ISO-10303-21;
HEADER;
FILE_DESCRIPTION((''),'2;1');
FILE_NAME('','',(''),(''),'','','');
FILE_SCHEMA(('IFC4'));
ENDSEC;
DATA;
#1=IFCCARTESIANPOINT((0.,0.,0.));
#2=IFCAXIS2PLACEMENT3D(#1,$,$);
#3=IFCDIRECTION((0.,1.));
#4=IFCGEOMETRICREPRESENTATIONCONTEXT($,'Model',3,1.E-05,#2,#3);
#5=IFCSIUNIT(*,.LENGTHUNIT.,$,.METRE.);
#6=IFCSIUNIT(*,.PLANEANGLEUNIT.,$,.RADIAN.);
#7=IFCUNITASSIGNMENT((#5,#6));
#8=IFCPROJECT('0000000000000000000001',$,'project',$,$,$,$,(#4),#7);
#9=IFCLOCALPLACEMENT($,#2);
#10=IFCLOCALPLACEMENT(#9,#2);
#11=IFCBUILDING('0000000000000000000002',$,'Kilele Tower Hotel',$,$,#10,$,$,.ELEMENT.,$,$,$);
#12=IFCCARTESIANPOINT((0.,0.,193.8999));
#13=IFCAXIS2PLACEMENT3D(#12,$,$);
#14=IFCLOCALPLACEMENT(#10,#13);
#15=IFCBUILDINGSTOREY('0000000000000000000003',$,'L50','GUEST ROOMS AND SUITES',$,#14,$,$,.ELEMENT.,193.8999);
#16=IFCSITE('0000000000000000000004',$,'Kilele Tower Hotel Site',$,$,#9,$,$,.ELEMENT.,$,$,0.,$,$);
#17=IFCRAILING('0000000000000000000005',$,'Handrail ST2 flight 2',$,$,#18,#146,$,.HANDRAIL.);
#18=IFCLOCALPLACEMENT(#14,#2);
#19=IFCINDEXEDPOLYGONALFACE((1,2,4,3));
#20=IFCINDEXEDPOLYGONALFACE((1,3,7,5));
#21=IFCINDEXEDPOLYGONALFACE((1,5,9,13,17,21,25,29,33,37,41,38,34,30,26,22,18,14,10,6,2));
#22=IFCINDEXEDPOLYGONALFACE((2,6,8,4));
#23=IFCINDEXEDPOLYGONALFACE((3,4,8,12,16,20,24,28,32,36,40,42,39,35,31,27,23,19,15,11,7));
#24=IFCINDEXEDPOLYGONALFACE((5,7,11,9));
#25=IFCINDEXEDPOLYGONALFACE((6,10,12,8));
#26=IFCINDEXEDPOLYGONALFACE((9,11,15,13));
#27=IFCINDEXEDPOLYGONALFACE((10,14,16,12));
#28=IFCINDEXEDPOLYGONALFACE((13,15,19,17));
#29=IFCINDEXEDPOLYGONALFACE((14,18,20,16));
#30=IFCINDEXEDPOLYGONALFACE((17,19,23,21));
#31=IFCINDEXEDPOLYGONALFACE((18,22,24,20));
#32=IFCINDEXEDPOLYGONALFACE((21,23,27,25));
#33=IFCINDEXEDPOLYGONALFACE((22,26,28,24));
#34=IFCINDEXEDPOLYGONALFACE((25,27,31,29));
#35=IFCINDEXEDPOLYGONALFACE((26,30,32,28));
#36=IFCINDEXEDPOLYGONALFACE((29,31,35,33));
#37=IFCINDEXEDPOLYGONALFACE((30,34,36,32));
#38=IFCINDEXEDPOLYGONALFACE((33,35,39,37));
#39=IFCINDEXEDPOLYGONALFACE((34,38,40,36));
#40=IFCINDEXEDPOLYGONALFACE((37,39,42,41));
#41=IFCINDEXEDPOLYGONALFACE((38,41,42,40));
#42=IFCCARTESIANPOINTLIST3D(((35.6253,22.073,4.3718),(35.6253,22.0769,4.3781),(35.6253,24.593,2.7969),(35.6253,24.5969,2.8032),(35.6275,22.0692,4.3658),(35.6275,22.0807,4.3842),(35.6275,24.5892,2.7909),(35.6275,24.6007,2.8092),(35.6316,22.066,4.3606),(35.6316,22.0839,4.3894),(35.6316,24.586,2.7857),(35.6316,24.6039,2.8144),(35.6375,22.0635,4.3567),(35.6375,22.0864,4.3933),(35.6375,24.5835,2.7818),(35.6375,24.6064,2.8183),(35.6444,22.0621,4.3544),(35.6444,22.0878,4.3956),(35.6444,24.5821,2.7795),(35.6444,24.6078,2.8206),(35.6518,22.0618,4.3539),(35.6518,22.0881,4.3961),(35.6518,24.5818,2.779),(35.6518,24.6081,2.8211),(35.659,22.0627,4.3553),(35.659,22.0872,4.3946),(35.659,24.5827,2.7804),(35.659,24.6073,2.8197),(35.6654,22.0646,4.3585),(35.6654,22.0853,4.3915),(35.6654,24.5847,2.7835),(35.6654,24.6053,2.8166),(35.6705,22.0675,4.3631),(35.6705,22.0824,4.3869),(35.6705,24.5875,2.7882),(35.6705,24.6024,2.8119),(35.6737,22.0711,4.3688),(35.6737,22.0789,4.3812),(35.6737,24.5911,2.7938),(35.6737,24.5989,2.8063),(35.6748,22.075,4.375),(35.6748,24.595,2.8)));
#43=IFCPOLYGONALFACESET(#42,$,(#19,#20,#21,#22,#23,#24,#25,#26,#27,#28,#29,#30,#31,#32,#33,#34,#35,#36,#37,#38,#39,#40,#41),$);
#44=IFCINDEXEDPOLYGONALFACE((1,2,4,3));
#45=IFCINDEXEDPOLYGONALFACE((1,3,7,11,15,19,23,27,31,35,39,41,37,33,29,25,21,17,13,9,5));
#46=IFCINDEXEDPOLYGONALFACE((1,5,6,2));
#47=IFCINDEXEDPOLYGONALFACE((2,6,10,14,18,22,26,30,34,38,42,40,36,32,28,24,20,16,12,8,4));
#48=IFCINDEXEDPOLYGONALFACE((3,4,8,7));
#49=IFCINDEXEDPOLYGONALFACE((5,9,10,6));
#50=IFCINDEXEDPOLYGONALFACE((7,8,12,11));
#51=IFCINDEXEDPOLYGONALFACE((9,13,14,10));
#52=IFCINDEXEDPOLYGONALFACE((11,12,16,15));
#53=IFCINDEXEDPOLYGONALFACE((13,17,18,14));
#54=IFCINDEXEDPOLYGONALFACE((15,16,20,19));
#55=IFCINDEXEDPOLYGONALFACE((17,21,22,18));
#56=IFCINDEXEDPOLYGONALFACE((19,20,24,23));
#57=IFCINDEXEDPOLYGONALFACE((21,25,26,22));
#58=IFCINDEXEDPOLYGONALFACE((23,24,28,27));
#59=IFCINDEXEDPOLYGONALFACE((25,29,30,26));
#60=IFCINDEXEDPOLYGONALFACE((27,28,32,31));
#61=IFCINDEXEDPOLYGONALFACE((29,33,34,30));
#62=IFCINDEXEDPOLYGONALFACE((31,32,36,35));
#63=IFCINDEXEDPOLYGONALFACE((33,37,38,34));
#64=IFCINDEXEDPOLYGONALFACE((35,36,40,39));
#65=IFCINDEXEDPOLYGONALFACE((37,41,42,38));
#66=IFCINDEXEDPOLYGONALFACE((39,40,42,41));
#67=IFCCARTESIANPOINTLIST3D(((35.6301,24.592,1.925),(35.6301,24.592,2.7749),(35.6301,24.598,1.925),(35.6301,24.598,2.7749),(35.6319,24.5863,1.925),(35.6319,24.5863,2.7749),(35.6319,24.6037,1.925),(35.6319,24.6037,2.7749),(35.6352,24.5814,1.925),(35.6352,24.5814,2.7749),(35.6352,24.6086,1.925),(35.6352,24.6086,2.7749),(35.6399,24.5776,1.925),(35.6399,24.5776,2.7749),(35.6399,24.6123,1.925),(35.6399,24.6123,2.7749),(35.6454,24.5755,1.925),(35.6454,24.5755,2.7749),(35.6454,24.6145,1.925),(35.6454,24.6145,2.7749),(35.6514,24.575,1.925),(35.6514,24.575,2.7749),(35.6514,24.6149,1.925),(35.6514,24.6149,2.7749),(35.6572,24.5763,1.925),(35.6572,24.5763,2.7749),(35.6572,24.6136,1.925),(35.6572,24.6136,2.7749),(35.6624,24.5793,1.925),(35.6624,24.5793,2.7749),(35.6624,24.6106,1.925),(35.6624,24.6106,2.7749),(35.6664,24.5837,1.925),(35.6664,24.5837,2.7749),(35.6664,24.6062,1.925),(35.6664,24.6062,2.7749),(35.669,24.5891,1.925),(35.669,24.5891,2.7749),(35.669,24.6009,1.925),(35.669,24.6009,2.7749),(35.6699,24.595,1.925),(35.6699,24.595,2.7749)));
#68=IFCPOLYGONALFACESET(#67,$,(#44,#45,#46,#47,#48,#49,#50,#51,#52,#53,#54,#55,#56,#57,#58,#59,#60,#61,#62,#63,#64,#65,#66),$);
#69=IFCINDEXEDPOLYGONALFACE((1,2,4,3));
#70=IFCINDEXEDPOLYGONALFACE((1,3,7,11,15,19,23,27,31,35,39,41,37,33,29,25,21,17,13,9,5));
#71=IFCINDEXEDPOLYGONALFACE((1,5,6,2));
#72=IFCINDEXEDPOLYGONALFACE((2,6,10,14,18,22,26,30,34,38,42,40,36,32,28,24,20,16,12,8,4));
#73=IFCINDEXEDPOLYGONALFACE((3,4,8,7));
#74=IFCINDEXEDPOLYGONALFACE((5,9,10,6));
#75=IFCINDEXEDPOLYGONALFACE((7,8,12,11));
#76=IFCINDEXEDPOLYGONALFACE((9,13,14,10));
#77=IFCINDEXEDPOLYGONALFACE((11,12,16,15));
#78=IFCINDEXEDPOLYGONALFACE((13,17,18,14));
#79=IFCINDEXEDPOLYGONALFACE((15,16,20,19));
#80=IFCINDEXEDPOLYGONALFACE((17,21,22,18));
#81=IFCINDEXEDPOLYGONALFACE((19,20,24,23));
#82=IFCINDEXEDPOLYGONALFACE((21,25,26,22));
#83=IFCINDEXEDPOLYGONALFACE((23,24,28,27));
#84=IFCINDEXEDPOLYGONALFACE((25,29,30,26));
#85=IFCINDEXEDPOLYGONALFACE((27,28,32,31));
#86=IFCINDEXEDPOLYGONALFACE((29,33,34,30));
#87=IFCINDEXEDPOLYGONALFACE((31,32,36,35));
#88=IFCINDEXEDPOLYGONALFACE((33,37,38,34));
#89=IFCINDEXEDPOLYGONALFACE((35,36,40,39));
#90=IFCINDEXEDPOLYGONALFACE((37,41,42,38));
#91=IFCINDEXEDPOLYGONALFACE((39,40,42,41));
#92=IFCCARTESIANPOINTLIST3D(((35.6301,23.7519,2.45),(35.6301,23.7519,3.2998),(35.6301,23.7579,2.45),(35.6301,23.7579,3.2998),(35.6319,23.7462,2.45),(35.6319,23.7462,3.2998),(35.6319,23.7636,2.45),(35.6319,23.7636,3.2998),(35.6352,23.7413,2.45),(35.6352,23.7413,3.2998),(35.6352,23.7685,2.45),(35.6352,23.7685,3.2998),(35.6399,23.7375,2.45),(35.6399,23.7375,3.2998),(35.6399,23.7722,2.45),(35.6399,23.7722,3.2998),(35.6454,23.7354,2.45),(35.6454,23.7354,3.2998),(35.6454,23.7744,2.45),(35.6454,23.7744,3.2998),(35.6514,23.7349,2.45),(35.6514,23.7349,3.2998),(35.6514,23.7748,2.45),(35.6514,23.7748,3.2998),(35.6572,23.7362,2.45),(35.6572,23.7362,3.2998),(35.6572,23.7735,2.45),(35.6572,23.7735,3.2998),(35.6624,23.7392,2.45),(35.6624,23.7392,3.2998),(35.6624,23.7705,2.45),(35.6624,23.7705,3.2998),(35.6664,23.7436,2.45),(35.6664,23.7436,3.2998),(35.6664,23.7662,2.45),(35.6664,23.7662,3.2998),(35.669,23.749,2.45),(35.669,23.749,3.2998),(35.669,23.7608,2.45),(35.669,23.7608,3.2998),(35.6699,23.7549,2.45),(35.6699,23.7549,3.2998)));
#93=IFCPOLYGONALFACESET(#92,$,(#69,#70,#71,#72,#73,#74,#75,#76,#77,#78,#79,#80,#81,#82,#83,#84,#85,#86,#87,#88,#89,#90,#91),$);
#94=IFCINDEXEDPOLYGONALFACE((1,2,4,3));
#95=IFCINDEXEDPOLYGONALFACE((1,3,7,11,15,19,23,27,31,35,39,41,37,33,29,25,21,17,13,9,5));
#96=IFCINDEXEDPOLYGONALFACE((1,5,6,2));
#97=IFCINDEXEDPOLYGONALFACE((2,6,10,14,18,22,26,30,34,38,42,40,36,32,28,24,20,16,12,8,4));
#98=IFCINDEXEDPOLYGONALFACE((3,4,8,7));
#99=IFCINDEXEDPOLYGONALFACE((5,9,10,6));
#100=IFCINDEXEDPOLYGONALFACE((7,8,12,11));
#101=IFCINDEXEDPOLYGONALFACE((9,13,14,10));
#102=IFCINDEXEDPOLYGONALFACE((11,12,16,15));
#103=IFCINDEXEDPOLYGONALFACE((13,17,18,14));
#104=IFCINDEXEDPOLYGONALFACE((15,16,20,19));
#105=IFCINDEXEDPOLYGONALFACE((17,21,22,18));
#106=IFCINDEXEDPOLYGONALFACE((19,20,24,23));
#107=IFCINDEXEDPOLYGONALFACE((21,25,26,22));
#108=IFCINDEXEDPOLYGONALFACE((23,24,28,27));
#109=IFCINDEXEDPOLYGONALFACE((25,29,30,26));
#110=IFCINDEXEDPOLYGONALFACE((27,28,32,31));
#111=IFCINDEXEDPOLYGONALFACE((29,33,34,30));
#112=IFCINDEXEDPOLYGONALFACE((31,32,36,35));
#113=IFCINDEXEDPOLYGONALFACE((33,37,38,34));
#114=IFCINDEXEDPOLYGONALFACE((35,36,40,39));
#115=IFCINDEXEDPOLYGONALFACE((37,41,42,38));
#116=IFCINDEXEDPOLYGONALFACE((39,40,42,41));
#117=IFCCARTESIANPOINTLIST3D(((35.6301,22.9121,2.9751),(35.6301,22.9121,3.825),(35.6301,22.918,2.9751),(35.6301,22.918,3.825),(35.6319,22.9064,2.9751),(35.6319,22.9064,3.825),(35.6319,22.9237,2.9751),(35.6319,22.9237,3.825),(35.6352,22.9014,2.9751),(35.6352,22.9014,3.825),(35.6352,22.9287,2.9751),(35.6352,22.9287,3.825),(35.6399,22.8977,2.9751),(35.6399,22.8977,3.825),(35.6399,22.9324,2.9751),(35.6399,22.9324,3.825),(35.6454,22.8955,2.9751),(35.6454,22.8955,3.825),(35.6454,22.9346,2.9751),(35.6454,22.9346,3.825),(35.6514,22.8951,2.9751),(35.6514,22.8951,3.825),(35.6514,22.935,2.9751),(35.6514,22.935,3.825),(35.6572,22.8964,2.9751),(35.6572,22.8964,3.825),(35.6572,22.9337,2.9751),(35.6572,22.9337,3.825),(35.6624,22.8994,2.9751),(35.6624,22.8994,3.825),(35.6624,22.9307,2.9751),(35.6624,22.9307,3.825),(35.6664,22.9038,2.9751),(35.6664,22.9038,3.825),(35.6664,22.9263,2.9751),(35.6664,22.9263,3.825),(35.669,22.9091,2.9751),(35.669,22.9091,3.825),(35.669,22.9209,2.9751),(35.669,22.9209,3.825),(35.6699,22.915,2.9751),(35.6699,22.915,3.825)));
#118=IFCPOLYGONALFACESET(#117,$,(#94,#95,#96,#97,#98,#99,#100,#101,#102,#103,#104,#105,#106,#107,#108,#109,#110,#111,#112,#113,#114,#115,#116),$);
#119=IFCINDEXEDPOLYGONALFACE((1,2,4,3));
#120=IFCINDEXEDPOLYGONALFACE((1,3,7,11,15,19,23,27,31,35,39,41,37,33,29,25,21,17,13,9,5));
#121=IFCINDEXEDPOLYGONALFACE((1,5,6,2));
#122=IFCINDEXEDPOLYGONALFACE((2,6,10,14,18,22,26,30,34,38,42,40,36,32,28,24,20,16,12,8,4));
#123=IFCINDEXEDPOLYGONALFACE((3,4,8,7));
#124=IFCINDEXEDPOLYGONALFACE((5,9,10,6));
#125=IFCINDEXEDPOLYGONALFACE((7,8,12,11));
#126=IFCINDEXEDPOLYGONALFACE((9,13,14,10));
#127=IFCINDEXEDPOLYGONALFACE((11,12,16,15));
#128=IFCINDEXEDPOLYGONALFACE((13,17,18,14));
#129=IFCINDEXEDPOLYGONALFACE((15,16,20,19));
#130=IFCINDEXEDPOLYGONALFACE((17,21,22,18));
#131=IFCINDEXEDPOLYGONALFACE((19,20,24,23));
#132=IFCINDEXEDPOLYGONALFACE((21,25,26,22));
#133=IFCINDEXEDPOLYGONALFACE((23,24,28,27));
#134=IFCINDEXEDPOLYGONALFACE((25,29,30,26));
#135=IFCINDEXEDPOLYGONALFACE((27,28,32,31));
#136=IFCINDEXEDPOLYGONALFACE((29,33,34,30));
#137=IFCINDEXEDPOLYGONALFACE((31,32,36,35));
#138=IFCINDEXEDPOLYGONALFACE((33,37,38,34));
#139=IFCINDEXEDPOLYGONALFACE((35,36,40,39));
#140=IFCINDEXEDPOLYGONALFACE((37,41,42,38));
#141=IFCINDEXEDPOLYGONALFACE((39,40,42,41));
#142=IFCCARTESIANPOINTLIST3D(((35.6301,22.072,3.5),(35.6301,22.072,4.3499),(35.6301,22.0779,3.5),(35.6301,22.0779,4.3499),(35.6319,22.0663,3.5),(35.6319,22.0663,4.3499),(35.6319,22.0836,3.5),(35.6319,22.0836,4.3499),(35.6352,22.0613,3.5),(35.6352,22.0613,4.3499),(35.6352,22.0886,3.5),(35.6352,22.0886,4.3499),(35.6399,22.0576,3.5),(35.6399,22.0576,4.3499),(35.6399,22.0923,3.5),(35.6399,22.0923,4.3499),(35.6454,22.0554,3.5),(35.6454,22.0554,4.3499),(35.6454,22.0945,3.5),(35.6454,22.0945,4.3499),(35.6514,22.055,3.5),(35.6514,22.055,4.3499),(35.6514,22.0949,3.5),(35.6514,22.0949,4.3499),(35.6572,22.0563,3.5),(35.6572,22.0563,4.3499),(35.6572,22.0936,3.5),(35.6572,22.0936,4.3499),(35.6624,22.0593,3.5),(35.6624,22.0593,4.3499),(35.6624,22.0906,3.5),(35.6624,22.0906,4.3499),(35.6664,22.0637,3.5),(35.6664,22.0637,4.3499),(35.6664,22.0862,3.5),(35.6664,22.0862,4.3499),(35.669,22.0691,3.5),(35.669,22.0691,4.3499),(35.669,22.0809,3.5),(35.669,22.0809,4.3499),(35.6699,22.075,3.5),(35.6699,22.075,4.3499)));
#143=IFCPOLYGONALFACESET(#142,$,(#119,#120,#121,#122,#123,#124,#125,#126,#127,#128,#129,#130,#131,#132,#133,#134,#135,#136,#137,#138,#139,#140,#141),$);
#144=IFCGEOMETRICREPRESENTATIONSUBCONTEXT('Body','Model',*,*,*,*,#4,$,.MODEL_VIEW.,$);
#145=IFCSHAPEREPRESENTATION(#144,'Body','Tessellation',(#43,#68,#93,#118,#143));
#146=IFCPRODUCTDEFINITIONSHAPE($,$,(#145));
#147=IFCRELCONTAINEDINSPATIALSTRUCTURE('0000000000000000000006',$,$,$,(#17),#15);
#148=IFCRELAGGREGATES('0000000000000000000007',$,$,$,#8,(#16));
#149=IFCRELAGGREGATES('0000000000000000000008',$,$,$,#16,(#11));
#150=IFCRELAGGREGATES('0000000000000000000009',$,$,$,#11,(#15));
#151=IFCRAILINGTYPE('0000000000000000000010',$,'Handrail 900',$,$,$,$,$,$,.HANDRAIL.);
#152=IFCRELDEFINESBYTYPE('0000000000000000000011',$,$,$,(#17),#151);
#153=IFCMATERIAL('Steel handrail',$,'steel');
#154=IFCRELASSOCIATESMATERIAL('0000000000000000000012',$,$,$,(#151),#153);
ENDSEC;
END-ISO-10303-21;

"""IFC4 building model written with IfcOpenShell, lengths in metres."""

from ifc_helpers import new_model, si_unit, direction, frame, origin, origin_2d, place, context, subcontext, project, spatial, circle, extrude, material, type_object, element, save


model = new_model("IFC4")

# Units and contexts
model_context = context("Model", 3, precision=1e-05, world=origin(), true_north=direction((0.0, 1.0)))
body_context = subcontext(model_context, "Body", "Model", "MODEL_VIEW")
ifc_project = project(units=[si_unit("LENGTHUNIT", "METRE"), si_unit("PLANEANGLEUNIT", "RADIAN")], contexts=[model_context])

# Site, building, storey
site_placement = place(None, origin())
site = spatial("IfcSite", under=ifc_project, at=site_placement, Name="Kilele Tower Hotel Site", CompositionType="ELEMENT", RefElevation=0.0)
building_placement = place(site_placement, origin())
building = spatial("IfcBuilding", under=site, at=building_placement, Name="Kilele Tower Hotel", CompositionType="ELEMENT")
storey_placement = place(building_placement, frame((0.0, 0.0, 193.8999)))
storey = spatial("IfcBuildingStorey", under=building, at=storey_placement, Name="L50", Description="GUEST ROOMS AND SUITES", CompositionType="ELEMENT", Elevation=193.8999)

# Railing
ifc_material_1 = material(Name="Steel handrail", Category="steel")
railing_type_1 = type_object("IfcRailingType", Name="Handrail 900", PredefinedType="HANDRAIL", material=ifc_material_1)
for number, where, name in (
    (1, (35.6499, 24.595, 1.925), "Handrail ST2 flight 2"),
):
    element("IfcRailing", number, at=place(storey_placement, frame(where)), inside=storey, type_object=railing_type_1, Name=name, PredefinedType="HANDRAIL", context=body_context, shape_type="SweptSolid", body=[
        extrude(circle(Radius=0.0249, at=origin_2d()), frame((0.0, 0.0, 0.875), z_axis=(0.0, -0.848008, 0.529984), x_axis=(1.0, 0.0, 0.0)), (0.0, 0.0, 1.0), 2.9717),
        extrude(circle(Radius=0.02, at=origin_2d()), origin(), (0.0, 0.0, 1.0), 0.8499),
        extrude(circle(Radius=0.02, at=origin_2d()), frame((0.0, -0.8401, 0.5249)), (0.0, 0.0, 1.0), 0.8499),
        extrude(circle(Radius=0.02, at=origin_2d()), frame((0.0, -1.6799, 1.05)), (0.0, 0.0, 1.0), 0.8499),
        extrude(circle(Radius=0.02, at=origin_2d()), frame((0.0, -2.52, 1.575)), (0.0, 0.0, 1.0), 0.8499),
    ])

save(model, "model.ifc")
